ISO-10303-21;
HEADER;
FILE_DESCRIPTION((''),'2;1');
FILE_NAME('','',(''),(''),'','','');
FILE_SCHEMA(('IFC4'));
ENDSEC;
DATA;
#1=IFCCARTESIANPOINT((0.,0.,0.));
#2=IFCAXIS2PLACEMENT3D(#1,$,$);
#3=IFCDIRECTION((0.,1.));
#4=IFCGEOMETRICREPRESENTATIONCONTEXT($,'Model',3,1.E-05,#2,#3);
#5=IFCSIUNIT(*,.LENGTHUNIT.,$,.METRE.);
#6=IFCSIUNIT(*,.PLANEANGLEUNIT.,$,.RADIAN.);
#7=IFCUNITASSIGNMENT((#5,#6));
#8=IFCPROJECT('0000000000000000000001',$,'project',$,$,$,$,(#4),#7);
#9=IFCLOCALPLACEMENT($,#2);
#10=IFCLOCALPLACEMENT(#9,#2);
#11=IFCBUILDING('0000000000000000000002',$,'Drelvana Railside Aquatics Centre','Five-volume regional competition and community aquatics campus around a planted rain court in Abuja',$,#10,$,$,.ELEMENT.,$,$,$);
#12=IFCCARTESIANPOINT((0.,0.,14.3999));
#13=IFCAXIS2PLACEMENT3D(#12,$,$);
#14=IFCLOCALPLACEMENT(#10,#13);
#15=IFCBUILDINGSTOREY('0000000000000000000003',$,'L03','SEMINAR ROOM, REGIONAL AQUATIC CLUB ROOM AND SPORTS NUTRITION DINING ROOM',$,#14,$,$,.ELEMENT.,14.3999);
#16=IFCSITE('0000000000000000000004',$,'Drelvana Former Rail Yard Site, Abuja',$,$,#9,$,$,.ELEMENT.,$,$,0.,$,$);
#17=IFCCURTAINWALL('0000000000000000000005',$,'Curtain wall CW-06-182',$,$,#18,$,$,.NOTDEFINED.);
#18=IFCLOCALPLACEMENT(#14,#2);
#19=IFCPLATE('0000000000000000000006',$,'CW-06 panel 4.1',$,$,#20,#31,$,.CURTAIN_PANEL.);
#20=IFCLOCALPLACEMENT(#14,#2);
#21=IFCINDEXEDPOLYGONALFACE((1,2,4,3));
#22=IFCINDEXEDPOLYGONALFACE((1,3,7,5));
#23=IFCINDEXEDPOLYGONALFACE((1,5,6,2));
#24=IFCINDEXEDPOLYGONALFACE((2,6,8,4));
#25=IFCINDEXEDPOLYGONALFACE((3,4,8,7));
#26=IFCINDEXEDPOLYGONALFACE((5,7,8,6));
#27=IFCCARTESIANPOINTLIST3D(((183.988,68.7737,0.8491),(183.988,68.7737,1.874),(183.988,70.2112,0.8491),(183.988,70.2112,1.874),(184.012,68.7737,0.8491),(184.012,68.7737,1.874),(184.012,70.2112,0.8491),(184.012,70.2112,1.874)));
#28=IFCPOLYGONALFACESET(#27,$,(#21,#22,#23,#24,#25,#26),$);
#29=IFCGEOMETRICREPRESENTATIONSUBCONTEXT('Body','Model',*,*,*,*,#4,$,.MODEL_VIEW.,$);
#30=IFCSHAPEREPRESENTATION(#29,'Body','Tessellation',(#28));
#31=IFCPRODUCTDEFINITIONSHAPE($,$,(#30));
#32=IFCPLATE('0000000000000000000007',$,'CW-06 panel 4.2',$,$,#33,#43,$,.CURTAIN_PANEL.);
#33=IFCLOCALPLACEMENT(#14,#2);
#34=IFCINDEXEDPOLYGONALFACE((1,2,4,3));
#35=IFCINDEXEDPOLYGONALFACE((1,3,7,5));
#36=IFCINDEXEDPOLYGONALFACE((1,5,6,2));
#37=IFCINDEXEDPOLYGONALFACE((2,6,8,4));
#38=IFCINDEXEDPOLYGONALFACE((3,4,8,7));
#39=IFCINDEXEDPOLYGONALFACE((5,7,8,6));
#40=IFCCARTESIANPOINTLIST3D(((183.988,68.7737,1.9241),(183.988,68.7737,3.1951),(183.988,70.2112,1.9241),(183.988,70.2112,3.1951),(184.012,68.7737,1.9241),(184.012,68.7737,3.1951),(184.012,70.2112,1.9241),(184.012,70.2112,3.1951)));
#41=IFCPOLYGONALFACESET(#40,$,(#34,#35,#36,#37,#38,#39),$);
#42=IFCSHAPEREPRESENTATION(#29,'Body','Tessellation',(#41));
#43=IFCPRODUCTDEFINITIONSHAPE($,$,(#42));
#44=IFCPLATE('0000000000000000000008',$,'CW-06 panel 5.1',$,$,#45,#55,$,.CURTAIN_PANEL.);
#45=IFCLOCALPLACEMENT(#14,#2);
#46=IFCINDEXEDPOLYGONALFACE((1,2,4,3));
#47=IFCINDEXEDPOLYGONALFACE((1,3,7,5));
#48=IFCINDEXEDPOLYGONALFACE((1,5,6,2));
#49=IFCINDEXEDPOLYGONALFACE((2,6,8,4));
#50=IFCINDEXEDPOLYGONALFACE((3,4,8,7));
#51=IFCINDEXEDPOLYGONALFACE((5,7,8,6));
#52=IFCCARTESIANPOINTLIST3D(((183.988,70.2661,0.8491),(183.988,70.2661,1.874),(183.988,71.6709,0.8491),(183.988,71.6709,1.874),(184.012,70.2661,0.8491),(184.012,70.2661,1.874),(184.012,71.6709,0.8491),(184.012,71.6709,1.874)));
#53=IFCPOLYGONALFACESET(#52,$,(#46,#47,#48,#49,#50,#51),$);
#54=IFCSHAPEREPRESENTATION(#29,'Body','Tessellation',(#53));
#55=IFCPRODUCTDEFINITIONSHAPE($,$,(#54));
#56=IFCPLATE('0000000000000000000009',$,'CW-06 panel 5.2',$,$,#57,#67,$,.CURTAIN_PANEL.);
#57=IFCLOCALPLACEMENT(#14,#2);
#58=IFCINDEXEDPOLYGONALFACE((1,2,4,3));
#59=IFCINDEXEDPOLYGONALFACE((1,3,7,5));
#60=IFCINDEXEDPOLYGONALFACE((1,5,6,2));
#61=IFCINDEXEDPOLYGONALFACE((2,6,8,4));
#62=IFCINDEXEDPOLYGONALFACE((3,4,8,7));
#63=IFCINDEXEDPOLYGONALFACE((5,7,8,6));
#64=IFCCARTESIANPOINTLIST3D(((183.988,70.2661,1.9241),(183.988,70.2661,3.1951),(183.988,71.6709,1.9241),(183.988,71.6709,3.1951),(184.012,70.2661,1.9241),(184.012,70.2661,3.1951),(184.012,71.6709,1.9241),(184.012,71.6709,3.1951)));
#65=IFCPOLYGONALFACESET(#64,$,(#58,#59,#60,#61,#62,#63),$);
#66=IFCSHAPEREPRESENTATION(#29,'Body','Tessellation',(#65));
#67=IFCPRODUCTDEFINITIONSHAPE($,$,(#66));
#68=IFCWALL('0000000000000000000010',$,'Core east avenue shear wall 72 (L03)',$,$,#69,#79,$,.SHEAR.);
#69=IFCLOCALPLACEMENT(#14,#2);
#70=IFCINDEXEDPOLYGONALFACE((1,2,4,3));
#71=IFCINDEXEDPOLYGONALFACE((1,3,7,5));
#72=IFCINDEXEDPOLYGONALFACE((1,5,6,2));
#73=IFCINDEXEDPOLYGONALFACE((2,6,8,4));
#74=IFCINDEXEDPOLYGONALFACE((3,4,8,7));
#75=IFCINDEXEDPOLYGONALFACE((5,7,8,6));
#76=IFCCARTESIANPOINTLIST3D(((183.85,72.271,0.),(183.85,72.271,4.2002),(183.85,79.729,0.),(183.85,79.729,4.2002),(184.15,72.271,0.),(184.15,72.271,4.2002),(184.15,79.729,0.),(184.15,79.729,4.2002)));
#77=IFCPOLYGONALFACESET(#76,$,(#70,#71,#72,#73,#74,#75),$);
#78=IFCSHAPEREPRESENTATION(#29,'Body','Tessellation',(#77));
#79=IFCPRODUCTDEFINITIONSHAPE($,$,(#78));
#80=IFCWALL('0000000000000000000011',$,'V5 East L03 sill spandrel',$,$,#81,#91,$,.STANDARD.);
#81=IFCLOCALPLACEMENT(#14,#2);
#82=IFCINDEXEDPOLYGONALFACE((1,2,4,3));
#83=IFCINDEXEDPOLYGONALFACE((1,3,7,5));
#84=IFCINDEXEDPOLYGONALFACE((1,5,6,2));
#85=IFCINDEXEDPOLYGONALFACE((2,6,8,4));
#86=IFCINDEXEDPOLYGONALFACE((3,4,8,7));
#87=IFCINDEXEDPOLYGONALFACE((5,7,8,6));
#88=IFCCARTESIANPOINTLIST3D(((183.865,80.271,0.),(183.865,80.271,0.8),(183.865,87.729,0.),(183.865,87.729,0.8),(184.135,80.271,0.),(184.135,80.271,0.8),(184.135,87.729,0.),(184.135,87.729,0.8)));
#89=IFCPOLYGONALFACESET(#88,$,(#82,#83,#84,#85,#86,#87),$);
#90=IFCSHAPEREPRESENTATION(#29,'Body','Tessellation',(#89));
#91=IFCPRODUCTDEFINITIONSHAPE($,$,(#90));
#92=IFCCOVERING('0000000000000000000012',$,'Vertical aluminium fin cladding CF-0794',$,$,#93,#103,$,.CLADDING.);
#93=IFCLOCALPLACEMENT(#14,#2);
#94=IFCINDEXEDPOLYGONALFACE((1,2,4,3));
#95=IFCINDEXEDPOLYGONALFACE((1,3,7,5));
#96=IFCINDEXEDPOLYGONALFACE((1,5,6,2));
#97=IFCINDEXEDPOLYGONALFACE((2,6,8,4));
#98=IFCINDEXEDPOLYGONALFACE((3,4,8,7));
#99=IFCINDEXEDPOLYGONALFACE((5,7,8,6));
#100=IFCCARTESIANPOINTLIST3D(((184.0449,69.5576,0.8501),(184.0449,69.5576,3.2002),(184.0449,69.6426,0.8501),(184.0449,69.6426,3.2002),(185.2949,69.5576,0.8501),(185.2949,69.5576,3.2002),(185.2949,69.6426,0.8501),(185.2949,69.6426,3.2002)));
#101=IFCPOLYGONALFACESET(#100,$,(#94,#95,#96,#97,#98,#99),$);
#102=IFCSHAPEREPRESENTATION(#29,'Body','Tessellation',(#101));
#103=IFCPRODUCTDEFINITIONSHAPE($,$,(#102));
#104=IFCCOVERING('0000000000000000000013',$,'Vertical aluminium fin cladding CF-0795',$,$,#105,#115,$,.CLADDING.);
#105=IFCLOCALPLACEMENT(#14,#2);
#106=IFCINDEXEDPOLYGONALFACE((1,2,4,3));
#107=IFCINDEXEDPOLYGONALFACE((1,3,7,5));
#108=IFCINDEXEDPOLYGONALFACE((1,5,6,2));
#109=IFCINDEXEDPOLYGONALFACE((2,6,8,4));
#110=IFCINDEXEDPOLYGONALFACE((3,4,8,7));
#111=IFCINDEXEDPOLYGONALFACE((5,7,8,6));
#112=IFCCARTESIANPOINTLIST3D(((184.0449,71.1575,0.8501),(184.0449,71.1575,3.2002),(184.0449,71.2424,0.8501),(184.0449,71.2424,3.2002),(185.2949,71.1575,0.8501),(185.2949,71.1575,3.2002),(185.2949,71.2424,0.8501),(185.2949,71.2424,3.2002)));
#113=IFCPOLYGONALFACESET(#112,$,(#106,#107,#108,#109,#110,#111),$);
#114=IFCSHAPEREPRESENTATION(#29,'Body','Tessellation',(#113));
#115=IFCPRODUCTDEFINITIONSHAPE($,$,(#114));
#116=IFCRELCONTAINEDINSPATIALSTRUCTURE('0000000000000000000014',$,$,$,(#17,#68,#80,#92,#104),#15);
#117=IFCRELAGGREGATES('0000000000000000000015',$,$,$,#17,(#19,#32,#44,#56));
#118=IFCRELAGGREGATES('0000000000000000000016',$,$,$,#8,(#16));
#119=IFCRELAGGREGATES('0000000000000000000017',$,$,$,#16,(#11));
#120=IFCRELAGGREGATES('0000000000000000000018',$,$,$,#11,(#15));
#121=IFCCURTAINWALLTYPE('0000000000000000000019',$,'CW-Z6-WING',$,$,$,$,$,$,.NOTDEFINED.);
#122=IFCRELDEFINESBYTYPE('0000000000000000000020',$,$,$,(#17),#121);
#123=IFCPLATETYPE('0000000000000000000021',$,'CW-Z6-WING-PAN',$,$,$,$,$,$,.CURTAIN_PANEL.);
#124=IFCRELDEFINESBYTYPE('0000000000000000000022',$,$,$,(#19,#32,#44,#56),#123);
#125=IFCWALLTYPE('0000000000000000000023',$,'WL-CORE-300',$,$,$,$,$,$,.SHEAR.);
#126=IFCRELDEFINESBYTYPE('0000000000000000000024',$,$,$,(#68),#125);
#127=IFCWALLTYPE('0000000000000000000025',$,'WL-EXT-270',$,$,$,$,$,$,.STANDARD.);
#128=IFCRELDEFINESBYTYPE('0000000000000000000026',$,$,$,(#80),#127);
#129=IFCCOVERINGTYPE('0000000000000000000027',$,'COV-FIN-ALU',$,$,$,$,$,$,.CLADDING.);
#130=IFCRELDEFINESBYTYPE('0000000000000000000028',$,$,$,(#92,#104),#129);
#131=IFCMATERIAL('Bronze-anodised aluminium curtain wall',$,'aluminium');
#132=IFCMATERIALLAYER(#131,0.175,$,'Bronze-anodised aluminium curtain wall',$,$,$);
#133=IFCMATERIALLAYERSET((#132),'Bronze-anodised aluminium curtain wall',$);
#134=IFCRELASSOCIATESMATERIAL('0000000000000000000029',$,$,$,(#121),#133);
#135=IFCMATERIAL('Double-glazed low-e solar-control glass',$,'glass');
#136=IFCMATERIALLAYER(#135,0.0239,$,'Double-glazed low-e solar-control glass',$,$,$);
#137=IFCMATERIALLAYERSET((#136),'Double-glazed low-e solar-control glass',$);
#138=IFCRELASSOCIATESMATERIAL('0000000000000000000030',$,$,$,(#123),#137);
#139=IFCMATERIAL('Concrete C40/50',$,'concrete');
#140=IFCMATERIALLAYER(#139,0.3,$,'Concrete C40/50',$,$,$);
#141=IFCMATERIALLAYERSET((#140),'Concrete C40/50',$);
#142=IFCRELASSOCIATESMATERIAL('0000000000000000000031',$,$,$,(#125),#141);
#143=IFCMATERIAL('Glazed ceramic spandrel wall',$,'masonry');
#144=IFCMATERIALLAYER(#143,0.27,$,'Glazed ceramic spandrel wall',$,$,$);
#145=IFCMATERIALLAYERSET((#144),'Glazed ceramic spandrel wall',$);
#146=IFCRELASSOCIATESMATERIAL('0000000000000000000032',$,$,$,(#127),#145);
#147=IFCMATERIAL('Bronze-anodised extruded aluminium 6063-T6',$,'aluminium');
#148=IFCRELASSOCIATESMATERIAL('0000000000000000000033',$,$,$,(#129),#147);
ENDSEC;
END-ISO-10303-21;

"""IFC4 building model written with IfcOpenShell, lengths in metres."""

from ifc_helpers import new_model, si_unit, direction, frame, frame_2d, origin, origin_2d, place, context, subcontext, project, spatial, rectangle, extrude, material, layer, layer_set, type_object, element, aggregate, save


model = new_model("IFC4")

# Units and contexts
model_context = context("Model", 3, precision=1e-05, world=origin(), true_north=direction((0.0, 1.0)))
body_context = subcontext(model_context, "Body", "Model", "MODEL_VIEW")
ifc_project = project(units=[si_unit("LENGTHUNIT", "METRE"), si_unit("PLANEANGLEUNIT", "RADIAN")], contexts=[model_context])

# Site, building, storey
site_placement = place(None, origin())
site = spatial("IfcSite", under=ifc_project, at=site_placement, Name="Drelvana Former Rail Yard Site, Abuja", CompositionType="ELEMENT", RefElevation=0.0)
building_placement = place(site_placement, origin())
building = spatial("IfcBuilding", under=site, at=building_placement, Name="Drelvana Railside Aquatics Centre", Description="Five-volume regional competition and community aquatics campus around a planted rain court in Abuja", CompositionType="ELEMENT")
storey_placement = place(building_placement, frame((0.0, 0.0, 14.3999)))
storey = spatial("IfcBuildingStorey", under=building, at=storey_placement, Name="L03", Description="SEMINAR ROOM, REGIONAL AQUATIC CLUB ROOM AND SPORTS NUTRITION DINING ROOM", CompositionType="ELEMENT", Elevation=14.3999)

# Shared definitions
ifc_material_1 = material(Name="Concrete C40/50", Category="concrete")

# Curtain wall
ifc_material_2 = material(Name="Bronze-anodised aluminium curtain wall", Category="aluminium")
ifc_layer_1 = layer(ifc_material_2, 0.175, Name="Bronze-anodised aluminium curtain wall")
ifc_layer_set_1 = layer_set([ifc_layer_1], Name="Bronze-anodised aluminium curtain wall")
curtain_wall_type = type_object("IfcCurtainWallType", Name="CW-Z6-WING", PredefinedType="NOTDEFINED", material=ifc_layer_set_1)
curtain_wall_1_placement = place(storey_placement, origin())
curtain_wall_1 = element("IfcCurtainWall", 1, at=curtain_wall_1_placement, inside=storey, type_object=curtain_wall_type, Name="Curtain wall CW-06-182", PredefinedType="NOTDEFINED")

# Plates
ifc_material_3 = material(Name="Double-glazed low-e solar-control glass", Category="glass")
ifc_layer_2 = layer(ifc_material_3, 0.0239, Name="Double-glazed low-e solar-control glass")
ifc_layer_set_2 = layer_set([ifc_layer_2], Name="Double-glazed low-e solar-control glass")
plate_type = type_object("IfcPlateType", Name="CW-Z6-WING-PAN", PredefinedType="CURTAIN_PANEL", material=ifc_layer_set_2)
plate_1_placement = place(storey_placement, frame((184.0, 69.4924, 0.8491), z_axis=(0.0, 0.0, 1.0), x_axis=(0.0, 1.0, 0.0)))
plate_1 = element("IfcPlate", 2, at=plate_1_placement, type_object=plate_type, Name="CW-06 panel 4.1", PredefinedType="CURTAIN_PANEL", context=body_context, shape_type="SweptSolid", body=[
    extrude(rectangle(XDim=1.4375, YDim=0.0239, at=origin_2d()), origin(), (0.0, 0.0, 1.0), 1.0249),
])
plate_2_placement = place(storey_placement, frame((184.0, 69.4924, 1.9241), z_axis=(0.0, 0.0, 1.0), x_axis=(0.0, 1.0, 0.0)))
plate_2 = element("IfcPlate", 3, at=plate_2_placement, type_object=plate_type, Name="CW-06 panel 4.2", PredefinedType="CURTAIN_PANEL", context=body_context, shape_type="SweptSolid", body=[
    extrude(rectangle(XDim=1.4375, YDim=0.0239, at=origin_2d()), origin(), (0.0, 0.0, 1.0), 1.271),
])
plate_3_placement = place(storey_placement, frame((184.0, 70.9685, 0.8491), z_axis=(0.0, 0.0, 1.0), x_axis=(0.0, 1.0, 0.0)))
plate_3 = element("IfcPlate", 4, at=plate_3_placement, type_object=plate_type, Name="CW-06 panel 5.1", PredefinedType="CURTAIN_PANEL", context=body_context, shape_type="SweptSolid", body=[
    extrude(rectangle(XDim=1.4048, YDim=0.0239, at=origin_2d()), origin(), (0.0, 0.0, 1.0), 1.0249),
])
plate_4_placement = place(storey_placement, frame((184.0, 70.9685, 1.9241), z_axis=(0.0, 0.0, 1.0), x_axis=(0.0, 1.0, 0.0)))
plate_4 = element("IfcPlate", 5, at=plate_4_placement, type_object=plate_type, Name="CW-06 panel 5.2", PredefinedType="CURTAIN_PANEL", context=body_context, shape_type="SweptSolid", body=[
    extrude(rectangle(XDim=1.4048, YDim=0.0239, at=origin_2d()), origin(), (0.0, 0.0, 1.0), 1.271),
])
aggregate(curtain_wall_1, [plate_1, plate_2, plate_3, plate_4])

# Walls
ifc_layer_3 = layer(ifc_material_1, 0.3, Name="Concrete C40/50")
ifc_layer_set_3 = layer_set([ifc_layer_3], Name="Concrete C40/50")
wall_type_1 = type_object("IfcWallType", Name="WL-CORE-300", PredefinedType="SHEAR", material=ifc_layer_set_3)
wall_1_placement = place(storey_placement, frame((184.0, 72.271, 0.0), z_axis=(0.0, 0.0, 1.0), x_axis=(0.0, 1.0, 0.0)))
element("IfcWall", 6, at=wall_1_placement, inside=storey, type_object=wall_type_1, Name="Core east avenue shear wall 72 (L03)", PredefinedType="SHEAR", context=body_context, shape_type="SweptSolid", body=[
    extrude(rectangle(XDim=7.458, YDim=0.3, at=frame_2d((3.729, 0.0))), origin(), (0.0, 0.0, 1.0), 4.2002),
])
ifc_material_4 = material(Name="Glazed ceramic spandrel wall", Category="masonry")
ifc_layer_4 = layer(ifc_material_4, 0.27, Name="Glazed ceramic spandrel wall")
ifc_layer_set_4 = layer_set([ifc_layer_4], Name="Glazed ceramic spandrel wall")
wall_type_2 = type_object("IfcWallType", Name="WL-EXT-270", PredefinedType="STANDARD", material=ifc_layer_set_4)
wall_2_placement = place(storey_placement, frame((184.0, 80.271, 0.0), z_axis=(0.0, 0.0, 1.0), x_axis=(0.0, 1.0, 0.0)))
element("IfcWall", 7, at=wall_2_placement, inside=storey, type_object=wall_type_2, Name="V5 East L03 sill spandrel", PredefinedType="STANDARD", context=body_context, shape_type="SweptSolid", body=[
    extrude(rectangle(XDim=7.458, YDim=0.27, at=frame_2d((3.729, 0.0))), origin(), (0.0, 0.0, 1.0), 0.8),
])

# Coverings
ifc_material_5 = material(Name="Bronze-anodised extruded aluminium 6063-T6", Category="aluminium")
covering_type = type_object("IfcCoveringType", Name="COV-FIN-ALU", PredefinedType="CLADDING", material=ifc_material_5)
for number, where, z_axis, x_axis, name in (
    (8, (184.6699, 69.6001, 0.8501), (0.0, 0.0, 1.0), (0.0, -1.0, 0.0), "Vertical aluminium fin cladding CF-0794"),
    (9, (184.6699, 71.2, 0.8501), (0.0, 0.0, 1.0), (0.0, -1.0, 0.0), "Vertical aluminium fin cladding CF-0795"),
):
    element("IfcCovering", number, at=place(storey_placement, frame(where, z_axis=z_axis, x_axis=x_axis)), inside=storey, type_object=covering_type, Name=name, PredefinedType="CLADDING", context=body_context, shape_type="SweptSolid", body=[
        extrude(rectangle(XDim=0.085, YDim=1.25, at=origin_2d()), origin(), (0.0, 0.0, 1.0), 2.3501),
    ])

save(model, "model.ifc")
